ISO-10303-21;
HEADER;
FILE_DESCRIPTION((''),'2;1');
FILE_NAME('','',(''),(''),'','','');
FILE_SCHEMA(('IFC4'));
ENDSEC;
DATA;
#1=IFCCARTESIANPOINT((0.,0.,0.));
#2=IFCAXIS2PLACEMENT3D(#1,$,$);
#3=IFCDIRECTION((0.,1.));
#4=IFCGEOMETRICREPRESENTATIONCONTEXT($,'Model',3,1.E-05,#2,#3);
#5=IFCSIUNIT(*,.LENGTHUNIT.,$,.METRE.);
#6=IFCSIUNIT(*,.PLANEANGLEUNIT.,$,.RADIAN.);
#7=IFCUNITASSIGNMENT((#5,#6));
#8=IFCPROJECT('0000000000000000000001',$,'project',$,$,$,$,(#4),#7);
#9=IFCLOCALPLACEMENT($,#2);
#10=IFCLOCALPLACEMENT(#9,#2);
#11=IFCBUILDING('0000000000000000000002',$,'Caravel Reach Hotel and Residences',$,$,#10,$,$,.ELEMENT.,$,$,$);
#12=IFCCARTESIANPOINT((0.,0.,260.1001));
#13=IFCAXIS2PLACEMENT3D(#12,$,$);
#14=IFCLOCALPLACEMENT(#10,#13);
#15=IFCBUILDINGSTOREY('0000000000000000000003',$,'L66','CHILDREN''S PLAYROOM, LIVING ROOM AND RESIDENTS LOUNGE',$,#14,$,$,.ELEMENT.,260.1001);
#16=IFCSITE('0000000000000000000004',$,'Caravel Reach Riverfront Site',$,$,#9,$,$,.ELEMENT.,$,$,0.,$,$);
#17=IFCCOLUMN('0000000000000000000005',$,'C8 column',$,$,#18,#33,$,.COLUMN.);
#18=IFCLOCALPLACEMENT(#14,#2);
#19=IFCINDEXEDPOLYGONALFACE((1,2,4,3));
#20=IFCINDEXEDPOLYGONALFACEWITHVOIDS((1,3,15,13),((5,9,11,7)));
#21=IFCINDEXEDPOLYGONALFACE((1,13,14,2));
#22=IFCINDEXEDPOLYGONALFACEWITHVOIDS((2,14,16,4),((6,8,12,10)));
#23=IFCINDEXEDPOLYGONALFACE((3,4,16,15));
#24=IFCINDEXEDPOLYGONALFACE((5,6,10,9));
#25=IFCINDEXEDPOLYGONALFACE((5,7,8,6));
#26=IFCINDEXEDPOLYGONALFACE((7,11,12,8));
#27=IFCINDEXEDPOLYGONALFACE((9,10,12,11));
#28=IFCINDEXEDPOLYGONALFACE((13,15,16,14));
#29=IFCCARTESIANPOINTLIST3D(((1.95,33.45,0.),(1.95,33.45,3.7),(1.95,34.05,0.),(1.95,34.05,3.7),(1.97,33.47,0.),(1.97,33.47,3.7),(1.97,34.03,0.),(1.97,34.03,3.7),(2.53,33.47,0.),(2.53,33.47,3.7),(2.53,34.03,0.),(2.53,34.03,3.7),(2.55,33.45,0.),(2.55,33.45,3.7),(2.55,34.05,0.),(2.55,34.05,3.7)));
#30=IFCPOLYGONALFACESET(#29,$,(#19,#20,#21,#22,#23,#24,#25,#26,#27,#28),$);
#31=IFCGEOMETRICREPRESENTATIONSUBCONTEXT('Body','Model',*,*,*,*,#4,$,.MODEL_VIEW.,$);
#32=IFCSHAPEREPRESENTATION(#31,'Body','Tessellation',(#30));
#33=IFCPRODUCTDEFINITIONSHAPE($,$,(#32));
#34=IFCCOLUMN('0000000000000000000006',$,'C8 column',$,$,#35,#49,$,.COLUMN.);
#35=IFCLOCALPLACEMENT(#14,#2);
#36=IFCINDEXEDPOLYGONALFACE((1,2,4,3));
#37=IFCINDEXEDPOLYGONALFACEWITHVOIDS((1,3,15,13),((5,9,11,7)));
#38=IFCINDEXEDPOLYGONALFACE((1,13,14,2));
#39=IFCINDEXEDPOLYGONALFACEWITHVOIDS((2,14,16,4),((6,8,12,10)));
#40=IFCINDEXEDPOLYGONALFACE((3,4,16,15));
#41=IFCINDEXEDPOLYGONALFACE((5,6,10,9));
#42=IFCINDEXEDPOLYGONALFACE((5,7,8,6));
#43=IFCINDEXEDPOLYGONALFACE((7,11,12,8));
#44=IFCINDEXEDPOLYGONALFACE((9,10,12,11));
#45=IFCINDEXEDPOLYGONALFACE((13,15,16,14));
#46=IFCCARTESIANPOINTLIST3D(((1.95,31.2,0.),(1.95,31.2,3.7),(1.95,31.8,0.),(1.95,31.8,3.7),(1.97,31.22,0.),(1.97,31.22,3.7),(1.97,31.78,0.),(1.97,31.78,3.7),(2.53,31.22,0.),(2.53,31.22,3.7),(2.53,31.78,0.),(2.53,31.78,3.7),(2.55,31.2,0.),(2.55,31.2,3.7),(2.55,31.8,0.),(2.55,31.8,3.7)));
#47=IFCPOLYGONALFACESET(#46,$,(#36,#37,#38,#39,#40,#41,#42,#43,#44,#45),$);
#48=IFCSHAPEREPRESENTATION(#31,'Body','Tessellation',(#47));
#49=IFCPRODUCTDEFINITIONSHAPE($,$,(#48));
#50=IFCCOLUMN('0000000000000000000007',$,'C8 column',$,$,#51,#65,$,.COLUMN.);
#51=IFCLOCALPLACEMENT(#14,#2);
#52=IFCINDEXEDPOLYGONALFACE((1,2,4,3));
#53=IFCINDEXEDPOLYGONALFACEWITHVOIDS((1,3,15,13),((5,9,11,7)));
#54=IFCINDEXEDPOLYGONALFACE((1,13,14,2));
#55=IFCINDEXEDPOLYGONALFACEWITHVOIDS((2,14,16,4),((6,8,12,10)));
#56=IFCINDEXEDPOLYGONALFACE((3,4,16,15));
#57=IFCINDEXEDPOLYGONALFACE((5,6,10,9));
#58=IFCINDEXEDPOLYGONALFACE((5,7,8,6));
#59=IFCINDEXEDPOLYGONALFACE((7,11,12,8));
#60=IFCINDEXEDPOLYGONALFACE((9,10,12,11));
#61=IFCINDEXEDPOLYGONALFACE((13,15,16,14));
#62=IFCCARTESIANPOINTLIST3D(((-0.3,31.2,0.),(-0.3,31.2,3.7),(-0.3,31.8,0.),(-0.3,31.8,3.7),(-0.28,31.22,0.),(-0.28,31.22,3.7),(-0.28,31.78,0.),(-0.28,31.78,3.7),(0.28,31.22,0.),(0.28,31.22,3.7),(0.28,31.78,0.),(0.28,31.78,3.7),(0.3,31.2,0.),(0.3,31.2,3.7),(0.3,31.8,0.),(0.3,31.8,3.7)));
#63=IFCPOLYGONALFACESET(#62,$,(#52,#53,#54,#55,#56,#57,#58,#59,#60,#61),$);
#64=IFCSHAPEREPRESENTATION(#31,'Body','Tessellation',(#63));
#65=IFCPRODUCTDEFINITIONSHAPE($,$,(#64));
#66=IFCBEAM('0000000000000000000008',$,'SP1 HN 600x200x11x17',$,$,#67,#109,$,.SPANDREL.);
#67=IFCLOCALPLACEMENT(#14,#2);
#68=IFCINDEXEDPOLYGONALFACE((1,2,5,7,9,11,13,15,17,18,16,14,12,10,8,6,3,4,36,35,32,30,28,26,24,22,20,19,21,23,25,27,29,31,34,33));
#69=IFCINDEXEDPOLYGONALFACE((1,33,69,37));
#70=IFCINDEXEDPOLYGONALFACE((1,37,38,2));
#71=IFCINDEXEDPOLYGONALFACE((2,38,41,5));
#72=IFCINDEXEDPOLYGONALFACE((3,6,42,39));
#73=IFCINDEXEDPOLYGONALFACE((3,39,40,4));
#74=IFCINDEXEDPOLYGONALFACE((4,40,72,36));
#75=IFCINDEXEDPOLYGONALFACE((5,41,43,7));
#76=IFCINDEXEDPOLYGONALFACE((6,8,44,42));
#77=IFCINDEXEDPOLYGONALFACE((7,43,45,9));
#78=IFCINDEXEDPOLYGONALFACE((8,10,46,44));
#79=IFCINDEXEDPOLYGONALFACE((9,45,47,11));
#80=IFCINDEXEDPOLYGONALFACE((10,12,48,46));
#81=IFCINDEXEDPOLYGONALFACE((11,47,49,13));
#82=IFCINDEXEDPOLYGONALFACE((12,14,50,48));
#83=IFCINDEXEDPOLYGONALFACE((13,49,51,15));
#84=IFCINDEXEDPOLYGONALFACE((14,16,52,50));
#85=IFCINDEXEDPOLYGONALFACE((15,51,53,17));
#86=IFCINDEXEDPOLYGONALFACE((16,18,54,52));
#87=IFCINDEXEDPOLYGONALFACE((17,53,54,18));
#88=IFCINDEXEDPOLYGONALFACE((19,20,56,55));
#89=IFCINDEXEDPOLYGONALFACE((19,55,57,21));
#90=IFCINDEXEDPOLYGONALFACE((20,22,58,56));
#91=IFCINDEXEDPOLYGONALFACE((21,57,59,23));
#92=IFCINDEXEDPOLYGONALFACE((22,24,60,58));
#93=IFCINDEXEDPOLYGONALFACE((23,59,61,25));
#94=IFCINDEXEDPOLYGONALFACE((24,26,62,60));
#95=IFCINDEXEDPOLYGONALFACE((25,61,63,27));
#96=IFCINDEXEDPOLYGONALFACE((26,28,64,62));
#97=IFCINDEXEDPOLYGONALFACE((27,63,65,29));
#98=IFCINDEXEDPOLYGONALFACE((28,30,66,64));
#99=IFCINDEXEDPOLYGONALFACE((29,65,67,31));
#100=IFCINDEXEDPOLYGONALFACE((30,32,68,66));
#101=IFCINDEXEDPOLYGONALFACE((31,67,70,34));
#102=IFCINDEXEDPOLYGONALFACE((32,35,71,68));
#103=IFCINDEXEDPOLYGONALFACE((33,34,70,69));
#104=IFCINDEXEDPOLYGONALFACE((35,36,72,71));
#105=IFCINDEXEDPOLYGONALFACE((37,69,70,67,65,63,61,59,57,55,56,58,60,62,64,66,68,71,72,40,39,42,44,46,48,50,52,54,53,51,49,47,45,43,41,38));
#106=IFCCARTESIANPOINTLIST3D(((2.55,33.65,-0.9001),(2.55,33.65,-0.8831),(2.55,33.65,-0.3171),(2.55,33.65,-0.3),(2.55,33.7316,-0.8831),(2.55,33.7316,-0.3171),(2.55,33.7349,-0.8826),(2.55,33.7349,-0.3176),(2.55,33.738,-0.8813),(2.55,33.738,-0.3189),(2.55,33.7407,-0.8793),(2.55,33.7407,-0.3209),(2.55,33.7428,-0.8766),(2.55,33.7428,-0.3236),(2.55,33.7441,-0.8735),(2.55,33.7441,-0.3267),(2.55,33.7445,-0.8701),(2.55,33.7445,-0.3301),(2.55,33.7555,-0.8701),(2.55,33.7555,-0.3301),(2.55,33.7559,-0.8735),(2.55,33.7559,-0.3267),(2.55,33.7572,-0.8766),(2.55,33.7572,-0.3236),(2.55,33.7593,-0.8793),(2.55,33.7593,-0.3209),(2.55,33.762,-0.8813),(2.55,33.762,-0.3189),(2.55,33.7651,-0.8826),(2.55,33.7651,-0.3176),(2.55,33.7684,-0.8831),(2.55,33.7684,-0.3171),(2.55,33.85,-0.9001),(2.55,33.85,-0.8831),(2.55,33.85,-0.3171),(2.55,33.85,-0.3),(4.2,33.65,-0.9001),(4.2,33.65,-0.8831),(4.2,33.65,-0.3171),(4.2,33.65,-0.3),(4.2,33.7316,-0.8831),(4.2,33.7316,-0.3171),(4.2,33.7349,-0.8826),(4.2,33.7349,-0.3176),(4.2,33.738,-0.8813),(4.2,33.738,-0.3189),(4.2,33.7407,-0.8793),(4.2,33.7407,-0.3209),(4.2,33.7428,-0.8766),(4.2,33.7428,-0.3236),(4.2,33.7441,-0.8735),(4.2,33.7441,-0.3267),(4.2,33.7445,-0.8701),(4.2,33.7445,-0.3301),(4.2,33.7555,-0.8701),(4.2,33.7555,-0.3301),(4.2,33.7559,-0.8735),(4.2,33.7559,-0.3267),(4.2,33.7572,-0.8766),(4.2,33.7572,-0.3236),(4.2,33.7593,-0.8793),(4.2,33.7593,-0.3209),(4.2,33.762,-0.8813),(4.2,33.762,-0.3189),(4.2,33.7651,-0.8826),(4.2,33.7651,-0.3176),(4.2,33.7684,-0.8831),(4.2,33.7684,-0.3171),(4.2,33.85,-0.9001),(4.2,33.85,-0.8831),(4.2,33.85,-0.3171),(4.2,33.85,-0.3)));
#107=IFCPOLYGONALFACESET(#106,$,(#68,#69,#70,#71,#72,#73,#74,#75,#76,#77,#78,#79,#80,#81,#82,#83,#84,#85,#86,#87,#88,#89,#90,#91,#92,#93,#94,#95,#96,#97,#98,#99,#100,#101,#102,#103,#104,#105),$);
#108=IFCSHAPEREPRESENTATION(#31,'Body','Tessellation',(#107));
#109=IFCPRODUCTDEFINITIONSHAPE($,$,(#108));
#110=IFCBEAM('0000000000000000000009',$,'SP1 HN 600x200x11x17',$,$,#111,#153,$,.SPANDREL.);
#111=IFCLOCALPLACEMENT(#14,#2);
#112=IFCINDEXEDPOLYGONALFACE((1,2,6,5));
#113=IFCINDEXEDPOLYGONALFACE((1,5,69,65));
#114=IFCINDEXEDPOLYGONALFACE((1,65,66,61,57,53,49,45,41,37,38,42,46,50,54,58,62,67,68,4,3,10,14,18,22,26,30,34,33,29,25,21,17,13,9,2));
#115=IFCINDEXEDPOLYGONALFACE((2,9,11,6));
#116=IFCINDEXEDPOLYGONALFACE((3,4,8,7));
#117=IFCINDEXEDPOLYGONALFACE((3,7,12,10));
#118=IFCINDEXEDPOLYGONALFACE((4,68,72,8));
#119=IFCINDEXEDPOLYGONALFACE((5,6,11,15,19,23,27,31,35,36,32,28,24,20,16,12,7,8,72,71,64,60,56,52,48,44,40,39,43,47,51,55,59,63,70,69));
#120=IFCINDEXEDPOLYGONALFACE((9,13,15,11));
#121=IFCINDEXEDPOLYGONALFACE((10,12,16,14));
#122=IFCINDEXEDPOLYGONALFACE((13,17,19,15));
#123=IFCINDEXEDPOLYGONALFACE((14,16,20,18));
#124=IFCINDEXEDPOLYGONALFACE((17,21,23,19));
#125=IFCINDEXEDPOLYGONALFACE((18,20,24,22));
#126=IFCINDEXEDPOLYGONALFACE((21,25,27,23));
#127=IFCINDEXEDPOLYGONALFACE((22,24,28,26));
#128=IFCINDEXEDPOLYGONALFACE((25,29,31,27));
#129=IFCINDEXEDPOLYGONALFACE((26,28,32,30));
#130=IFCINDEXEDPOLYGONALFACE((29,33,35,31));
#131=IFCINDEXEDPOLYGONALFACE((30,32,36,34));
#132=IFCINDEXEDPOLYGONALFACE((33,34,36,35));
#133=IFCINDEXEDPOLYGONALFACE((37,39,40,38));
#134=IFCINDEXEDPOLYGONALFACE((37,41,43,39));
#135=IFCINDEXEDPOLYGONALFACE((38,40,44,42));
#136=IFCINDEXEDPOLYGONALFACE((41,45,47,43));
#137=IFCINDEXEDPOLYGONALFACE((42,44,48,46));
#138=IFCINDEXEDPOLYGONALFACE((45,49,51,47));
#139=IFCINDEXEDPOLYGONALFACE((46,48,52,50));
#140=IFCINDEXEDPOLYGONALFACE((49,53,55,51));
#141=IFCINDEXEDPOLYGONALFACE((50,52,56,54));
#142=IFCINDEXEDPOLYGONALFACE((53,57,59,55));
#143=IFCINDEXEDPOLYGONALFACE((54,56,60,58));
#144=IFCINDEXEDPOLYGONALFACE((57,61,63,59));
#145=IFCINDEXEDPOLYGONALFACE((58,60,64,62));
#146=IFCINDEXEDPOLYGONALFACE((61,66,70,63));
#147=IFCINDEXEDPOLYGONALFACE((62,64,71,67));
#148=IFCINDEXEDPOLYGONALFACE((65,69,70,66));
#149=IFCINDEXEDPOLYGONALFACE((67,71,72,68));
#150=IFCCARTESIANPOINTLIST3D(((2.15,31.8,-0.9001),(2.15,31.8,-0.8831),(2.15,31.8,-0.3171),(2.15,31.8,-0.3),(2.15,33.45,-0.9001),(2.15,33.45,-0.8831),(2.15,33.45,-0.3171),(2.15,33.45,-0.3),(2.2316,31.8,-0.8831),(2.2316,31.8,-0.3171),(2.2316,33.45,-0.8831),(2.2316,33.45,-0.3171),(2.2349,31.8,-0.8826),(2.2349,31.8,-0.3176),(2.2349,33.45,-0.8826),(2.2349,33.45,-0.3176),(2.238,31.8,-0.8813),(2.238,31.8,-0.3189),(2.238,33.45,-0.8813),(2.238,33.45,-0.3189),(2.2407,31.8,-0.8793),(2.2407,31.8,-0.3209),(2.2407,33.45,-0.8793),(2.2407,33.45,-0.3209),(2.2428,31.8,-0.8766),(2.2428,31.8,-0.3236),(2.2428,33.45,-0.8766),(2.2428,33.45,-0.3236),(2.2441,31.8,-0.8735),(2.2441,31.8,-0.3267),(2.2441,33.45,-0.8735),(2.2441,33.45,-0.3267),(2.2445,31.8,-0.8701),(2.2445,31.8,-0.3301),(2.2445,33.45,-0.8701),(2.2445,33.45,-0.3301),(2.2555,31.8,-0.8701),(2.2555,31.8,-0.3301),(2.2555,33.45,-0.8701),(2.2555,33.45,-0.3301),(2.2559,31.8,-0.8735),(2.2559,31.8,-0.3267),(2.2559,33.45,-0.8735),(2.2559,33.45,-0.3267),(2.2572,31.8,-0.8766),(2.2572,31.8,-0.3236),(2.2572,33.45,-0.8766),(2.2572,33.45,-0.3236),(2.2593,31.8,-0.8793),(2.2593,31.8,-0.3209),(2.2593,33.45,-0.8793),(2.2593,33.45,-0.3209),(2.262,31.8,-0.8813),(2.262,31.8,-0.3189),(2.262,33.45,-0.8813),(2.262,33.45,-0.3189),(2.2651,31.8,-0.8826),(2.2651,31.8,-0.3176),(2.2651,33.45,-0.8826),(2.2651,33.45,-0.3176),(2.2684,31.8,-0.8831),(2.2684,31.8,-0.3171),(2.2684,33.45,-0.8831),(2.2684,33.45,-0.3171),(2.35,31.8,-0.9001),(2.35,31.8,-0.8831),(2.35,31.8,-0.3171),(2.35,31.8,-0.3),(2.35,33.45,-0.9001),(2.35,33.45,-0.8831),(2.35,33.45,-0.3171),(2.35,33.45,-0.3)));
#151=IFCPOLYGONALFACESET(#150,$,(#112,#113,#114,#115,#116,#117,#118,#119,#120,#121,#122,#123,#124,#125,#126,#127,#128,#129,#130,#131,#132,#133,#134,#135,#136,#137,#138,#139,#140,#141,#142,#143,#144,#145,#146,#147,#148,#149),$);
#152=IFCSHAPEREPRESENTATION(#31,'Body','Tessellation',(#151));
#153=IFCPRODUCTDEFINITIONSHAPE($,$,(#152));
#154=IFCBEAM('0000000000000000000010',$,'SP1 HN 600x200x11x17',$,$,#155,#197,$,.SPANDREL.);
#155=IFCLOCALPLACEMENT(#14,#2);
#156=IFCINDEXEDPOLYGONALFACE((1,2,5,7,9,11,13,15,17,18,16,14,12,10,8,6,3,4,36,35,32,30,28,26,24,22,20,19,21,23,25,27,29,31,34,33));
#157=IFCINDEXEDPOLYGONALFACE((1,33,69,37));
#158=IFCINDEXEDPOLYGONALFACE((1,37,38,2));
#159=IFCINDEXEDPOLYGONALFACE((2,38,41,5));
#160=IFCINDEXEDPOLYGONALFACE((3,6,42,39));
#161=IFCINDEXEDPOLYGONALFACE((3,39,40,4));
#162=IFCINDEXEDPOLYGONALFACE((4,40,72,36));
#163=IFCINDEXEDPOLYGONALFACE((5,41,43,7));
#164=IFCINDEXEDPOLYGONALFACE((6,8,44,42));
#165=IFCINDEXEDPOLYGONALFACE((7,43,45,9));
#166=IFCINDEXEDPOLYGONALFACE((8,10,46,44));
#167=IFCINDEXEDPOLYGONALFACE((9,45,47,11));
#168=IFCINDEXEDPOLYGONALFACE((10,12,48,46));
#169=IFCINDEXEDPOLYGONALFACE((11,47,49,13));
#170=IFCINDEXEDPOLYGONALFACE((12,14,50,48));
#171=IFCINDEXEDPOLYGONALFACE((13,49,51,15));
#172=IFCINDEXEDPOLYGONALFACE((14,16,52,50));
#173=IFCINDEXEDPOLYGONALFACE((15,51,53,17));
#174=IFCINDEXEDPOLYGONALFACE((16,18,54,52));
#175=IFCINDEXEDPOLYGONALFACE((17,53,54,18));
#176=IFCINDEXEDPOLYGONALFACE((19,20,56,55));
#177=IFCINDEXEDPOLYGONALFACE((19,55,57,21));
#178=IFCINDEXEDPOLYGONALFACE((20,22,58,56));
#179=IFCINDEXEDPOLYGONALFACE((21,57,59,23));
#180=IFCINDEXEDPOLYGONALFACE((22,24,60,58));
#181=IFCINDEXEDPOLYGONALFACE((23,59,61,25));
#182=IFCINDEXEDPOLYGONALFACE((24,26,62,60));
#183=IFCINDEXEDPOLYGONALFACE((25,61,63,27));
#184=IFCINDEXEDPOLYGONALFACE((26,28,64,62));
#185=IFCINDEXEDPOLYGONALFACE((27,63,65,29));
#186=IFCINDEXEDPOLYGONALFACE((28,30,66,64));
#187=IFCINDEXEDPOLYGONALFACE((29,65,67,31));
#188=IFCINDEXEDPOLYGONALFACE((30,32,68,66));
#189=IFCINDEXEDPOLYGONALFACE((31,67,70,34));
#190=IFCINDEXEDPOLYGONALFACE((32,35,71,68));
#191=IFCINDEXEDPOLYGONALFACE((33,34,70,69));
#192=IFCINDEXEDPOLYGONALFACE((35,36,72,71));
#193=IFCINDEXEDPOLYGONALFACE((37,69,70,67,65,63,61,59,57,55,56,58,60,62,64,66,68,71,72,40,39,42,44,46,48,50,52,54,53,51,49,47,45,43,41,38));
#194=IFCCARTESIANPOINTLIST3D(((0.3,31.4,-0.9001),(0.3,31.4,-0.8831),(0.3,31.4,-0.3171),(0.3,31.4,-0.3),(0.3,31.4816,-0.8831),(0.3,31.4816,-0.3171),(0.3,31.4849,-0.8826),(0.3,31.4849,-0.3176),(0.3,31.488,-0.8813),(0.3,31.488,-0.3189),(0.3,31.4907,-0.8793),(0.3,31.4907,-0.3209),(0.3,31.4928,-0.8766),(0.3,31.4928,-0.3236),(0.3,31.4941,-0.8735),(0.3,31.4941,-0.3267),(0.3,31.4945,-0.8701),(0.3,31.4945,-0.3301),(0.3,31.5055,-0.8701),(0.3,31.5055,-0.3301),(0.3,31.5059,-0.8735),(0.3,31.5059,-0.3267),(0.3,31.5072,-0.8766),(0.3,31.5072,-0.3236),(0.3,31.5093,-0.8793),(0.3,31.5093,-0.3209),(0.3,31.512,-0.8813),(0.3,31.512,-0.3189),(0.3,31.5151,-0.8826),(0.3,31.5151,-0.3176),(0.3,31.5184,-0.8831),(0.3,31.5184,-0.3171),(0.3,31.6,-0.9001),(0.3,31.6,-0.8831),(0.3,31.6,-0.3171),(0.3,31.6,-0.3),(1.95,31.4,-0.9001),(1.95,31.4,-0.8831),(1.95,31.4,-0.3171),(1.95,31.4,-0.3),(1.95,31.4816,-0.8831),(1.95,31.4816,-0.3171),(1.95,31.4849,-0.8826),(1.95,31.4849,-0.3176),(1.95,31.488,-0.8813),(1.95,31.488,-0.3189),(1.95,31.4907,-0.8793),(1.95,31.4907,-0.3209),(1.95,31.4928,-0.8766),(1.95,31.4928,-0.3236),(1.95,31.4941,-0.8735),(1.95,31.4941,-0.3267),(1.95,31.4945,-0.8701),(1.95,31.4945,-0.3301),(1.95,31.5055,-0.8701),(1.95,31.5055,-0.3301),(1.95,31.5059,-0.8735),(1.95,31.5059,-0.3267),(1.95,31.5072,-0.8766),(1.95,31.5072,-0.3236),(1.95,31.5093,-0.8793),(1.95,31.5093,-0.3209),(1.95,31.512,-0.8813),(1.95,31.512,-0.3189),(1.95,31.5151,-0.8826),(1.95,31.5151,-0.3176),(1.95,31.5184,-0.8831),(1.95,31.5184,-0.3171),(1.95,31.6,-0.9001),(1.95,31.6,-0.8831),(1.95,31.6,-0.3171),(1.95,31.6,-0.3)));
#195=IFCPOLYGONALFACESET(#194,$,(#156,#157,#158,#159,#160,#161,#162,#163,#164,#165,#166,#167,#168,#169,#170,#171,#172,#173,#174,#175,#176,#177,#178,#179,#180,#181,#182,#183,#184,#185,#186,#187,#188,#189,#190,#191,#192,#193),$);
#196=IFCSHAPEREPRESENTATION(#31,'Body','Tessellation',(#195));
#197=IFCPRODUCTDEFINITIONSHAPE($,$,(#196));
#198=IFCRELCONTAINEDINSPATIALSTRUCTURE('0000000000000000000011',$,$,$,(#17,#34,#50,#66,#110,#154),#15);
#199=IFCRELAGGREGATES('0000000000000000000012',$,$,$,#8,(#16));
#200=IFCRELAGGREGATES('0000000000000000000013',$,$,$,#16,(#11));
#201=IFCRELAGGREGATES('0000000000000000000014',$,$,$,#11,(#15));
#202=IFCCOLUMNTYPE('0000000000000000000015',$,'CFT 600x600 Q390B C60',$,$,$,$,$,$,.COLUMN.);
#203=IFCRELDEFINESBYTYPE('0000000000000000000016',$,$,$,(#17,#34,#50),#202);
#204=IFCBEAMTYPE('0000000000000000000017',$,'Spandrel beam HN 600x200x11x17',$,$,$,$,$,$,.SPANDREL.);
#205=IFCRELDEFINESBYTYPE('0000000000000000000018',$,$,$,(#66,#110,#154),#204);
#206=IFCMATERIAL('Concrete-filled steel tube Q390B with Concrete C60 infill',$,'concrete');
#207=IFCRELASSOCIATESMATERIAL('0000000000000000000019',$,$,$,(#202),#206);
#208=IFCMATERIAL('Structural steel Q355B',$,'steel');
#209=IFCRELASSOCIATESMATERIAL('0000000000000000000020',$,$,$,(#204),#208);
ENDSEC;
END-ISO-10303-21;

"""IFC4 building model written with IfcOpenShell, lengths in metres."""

from ifc_helpers import new_model, si_unit, direction, frame, origin, origin_2d, place, context, subcontext, project, spatial, hollow_rectangle, i_section, extrude, material, material_profile, profile_set, type_object, element, save


model = new_model("IFC4")

# Units and contexts
model_context = context("Model", 3, precision=1e-05, world=origin(), true_north=direction((0.0, 1.0)))
body_context = subcontext(model_context, "Body", "Model", "MODEL_VIEW")
ifc_project = project(units=[si_unit("LENGTHUNIT", "METRE"), si_unit("PLANEANGLEUNIT", "RADIAN")], contexts=[model_context])

# Site, building, storey
site_placement = place(None, origin())
site = spatial("IfcSite", under=ifc_project, at=site_placement, Name="Caravel Reach Riverfront Site", CompositionType="ELEMENT", RefElevation=0.0)
building_placement = place(site_placement, origin())
building = spatial("IfcBuilding", under=site, at=building_placement, Name="Caravel Reach Hotel and Residences", CompositionType="ELEMENT")
storey_placement = place(building_placement, frame((0.0, 0.0, 260.1001)))
storey = spatial("IfcBuildingStorey", under=building, at=storey_placement, Name="L66", Description="CHILDREN'S PLAYROOM, LIVING ROOM AND RESIDENTS LOUNGE", CompositionType="ELEMENT", Elevation=260.1001)

# Columns
ifc_material_1 = material(Name="Concrete-filled steel tube Q390B with Concrete C60 infill", Category="concrete")
ifc_material_profile_1 = material_profile(ifc_material_1, hollow_rectangle(XDim=0.6001, YDim=0.6001, WallThickness=0.02, at=origin_2d()), Name="RHS 600x600x20")
ifc_profile_set_1 = profile_set([ifc_material_profile_1], Name="Concrete-filled steel tube Q390B with Concrete C60 infill")
column_type = type_object("IfcColumnType", Name="CFT 600x600 Q390B C60", PredefinedType="COLUMN", material=ifc_profile_set_1)
for number, where, z_axis, x_axis, name in (
    (1, (2.25, 33.75, 0.0), (0.0, 0.0, 1.0), (1.0, 0.0, 0.0), "C8 column"),
    (2, (2.25, 31.5, 0.0), (0.0, 0.0, 1.0), (1.0, 0.0, 0.0), "C8 column"),
    (3, (0.0, 31.5, 0.0), (0.0, 0.0, 1.0), (1.0, 0.0, 0.0), "C8 column"),
):
    element("IfcColumn", number, at=place(storey_placement, frame(where, z_axis=z_axis, x_axis=x_axis)), inside=storey, type_object=column_type, Name=name, PredefinedType="COLUMN", context=body_context, shape_type="SweptSolid", body=[
        extrude(hollow_rectangle(XDim=0.6001, YDim=0.6001, WallThickness=0.02, at=origin_2d()), origin(), (0.0, 0.0, 1.0), 3.7),
    ])

# Beams
ifc_material_2 = material(Name="Structural steel Q355B", Category="steel")
ifc_material_profile_2 = material_profile(ifc_material_2, i_section(OverallWidth=0.2, OverallDepth=0.6001, WebThickness=0.011, FlangeThickness=0.0171, FilletRadius=0.0129, at=origin_2d()), Name="HN 600x200x11x17")
ifc_profile_set_2 = profile_set([ifc_material_profile_2], Name="Structural steel Q355B")
beam_type = type_object("IfcBeamType", Name="Spandrel beam HN 600x200x11x17", PredefinedType="SPANDREL", material=ifc_profile_set_2)
for number, where, z_axis, x_axis, name in (
    (4, (4.2, 33.75, -0.6001), (-1.0, 0.0, 0.0), (0.0, -1.0, 0.0), "SP1 HN 600x200x11x17"),
    (5, (2.25, 33.45, -0.6001), (0.0, -1.0, 0.0), (1.0, 0.0, 0.0), "SP1 HN 600x200x11x17"),
    (6, (1.95, 31.5, -0.6001), (-1.0, 0.0, 0.0), (0.0, -1.0, 0.0), "SP1 HN 600x200x11x17"),
):
    element("IfcBeam", number, at=place(storey_placement, frame(where, z_axis=z_axis, x_axis=x_axis)), inside=storey, type_object=beam_type, Name=name, PredefinedType="SPANDREL", context=body_context, shape_type="SweptSolid", body=[
        extrude(i_section(OverallWidth=0.2, OverallDepth=0.6001, WebThickness=0.011, FlangeThickness=0.0171, FilletRadius=0.0129, at=origin_2d()), origin(), (0.0, 0.0, 1.0), 1.6499),
    ])

save(model, "model.ifc")
